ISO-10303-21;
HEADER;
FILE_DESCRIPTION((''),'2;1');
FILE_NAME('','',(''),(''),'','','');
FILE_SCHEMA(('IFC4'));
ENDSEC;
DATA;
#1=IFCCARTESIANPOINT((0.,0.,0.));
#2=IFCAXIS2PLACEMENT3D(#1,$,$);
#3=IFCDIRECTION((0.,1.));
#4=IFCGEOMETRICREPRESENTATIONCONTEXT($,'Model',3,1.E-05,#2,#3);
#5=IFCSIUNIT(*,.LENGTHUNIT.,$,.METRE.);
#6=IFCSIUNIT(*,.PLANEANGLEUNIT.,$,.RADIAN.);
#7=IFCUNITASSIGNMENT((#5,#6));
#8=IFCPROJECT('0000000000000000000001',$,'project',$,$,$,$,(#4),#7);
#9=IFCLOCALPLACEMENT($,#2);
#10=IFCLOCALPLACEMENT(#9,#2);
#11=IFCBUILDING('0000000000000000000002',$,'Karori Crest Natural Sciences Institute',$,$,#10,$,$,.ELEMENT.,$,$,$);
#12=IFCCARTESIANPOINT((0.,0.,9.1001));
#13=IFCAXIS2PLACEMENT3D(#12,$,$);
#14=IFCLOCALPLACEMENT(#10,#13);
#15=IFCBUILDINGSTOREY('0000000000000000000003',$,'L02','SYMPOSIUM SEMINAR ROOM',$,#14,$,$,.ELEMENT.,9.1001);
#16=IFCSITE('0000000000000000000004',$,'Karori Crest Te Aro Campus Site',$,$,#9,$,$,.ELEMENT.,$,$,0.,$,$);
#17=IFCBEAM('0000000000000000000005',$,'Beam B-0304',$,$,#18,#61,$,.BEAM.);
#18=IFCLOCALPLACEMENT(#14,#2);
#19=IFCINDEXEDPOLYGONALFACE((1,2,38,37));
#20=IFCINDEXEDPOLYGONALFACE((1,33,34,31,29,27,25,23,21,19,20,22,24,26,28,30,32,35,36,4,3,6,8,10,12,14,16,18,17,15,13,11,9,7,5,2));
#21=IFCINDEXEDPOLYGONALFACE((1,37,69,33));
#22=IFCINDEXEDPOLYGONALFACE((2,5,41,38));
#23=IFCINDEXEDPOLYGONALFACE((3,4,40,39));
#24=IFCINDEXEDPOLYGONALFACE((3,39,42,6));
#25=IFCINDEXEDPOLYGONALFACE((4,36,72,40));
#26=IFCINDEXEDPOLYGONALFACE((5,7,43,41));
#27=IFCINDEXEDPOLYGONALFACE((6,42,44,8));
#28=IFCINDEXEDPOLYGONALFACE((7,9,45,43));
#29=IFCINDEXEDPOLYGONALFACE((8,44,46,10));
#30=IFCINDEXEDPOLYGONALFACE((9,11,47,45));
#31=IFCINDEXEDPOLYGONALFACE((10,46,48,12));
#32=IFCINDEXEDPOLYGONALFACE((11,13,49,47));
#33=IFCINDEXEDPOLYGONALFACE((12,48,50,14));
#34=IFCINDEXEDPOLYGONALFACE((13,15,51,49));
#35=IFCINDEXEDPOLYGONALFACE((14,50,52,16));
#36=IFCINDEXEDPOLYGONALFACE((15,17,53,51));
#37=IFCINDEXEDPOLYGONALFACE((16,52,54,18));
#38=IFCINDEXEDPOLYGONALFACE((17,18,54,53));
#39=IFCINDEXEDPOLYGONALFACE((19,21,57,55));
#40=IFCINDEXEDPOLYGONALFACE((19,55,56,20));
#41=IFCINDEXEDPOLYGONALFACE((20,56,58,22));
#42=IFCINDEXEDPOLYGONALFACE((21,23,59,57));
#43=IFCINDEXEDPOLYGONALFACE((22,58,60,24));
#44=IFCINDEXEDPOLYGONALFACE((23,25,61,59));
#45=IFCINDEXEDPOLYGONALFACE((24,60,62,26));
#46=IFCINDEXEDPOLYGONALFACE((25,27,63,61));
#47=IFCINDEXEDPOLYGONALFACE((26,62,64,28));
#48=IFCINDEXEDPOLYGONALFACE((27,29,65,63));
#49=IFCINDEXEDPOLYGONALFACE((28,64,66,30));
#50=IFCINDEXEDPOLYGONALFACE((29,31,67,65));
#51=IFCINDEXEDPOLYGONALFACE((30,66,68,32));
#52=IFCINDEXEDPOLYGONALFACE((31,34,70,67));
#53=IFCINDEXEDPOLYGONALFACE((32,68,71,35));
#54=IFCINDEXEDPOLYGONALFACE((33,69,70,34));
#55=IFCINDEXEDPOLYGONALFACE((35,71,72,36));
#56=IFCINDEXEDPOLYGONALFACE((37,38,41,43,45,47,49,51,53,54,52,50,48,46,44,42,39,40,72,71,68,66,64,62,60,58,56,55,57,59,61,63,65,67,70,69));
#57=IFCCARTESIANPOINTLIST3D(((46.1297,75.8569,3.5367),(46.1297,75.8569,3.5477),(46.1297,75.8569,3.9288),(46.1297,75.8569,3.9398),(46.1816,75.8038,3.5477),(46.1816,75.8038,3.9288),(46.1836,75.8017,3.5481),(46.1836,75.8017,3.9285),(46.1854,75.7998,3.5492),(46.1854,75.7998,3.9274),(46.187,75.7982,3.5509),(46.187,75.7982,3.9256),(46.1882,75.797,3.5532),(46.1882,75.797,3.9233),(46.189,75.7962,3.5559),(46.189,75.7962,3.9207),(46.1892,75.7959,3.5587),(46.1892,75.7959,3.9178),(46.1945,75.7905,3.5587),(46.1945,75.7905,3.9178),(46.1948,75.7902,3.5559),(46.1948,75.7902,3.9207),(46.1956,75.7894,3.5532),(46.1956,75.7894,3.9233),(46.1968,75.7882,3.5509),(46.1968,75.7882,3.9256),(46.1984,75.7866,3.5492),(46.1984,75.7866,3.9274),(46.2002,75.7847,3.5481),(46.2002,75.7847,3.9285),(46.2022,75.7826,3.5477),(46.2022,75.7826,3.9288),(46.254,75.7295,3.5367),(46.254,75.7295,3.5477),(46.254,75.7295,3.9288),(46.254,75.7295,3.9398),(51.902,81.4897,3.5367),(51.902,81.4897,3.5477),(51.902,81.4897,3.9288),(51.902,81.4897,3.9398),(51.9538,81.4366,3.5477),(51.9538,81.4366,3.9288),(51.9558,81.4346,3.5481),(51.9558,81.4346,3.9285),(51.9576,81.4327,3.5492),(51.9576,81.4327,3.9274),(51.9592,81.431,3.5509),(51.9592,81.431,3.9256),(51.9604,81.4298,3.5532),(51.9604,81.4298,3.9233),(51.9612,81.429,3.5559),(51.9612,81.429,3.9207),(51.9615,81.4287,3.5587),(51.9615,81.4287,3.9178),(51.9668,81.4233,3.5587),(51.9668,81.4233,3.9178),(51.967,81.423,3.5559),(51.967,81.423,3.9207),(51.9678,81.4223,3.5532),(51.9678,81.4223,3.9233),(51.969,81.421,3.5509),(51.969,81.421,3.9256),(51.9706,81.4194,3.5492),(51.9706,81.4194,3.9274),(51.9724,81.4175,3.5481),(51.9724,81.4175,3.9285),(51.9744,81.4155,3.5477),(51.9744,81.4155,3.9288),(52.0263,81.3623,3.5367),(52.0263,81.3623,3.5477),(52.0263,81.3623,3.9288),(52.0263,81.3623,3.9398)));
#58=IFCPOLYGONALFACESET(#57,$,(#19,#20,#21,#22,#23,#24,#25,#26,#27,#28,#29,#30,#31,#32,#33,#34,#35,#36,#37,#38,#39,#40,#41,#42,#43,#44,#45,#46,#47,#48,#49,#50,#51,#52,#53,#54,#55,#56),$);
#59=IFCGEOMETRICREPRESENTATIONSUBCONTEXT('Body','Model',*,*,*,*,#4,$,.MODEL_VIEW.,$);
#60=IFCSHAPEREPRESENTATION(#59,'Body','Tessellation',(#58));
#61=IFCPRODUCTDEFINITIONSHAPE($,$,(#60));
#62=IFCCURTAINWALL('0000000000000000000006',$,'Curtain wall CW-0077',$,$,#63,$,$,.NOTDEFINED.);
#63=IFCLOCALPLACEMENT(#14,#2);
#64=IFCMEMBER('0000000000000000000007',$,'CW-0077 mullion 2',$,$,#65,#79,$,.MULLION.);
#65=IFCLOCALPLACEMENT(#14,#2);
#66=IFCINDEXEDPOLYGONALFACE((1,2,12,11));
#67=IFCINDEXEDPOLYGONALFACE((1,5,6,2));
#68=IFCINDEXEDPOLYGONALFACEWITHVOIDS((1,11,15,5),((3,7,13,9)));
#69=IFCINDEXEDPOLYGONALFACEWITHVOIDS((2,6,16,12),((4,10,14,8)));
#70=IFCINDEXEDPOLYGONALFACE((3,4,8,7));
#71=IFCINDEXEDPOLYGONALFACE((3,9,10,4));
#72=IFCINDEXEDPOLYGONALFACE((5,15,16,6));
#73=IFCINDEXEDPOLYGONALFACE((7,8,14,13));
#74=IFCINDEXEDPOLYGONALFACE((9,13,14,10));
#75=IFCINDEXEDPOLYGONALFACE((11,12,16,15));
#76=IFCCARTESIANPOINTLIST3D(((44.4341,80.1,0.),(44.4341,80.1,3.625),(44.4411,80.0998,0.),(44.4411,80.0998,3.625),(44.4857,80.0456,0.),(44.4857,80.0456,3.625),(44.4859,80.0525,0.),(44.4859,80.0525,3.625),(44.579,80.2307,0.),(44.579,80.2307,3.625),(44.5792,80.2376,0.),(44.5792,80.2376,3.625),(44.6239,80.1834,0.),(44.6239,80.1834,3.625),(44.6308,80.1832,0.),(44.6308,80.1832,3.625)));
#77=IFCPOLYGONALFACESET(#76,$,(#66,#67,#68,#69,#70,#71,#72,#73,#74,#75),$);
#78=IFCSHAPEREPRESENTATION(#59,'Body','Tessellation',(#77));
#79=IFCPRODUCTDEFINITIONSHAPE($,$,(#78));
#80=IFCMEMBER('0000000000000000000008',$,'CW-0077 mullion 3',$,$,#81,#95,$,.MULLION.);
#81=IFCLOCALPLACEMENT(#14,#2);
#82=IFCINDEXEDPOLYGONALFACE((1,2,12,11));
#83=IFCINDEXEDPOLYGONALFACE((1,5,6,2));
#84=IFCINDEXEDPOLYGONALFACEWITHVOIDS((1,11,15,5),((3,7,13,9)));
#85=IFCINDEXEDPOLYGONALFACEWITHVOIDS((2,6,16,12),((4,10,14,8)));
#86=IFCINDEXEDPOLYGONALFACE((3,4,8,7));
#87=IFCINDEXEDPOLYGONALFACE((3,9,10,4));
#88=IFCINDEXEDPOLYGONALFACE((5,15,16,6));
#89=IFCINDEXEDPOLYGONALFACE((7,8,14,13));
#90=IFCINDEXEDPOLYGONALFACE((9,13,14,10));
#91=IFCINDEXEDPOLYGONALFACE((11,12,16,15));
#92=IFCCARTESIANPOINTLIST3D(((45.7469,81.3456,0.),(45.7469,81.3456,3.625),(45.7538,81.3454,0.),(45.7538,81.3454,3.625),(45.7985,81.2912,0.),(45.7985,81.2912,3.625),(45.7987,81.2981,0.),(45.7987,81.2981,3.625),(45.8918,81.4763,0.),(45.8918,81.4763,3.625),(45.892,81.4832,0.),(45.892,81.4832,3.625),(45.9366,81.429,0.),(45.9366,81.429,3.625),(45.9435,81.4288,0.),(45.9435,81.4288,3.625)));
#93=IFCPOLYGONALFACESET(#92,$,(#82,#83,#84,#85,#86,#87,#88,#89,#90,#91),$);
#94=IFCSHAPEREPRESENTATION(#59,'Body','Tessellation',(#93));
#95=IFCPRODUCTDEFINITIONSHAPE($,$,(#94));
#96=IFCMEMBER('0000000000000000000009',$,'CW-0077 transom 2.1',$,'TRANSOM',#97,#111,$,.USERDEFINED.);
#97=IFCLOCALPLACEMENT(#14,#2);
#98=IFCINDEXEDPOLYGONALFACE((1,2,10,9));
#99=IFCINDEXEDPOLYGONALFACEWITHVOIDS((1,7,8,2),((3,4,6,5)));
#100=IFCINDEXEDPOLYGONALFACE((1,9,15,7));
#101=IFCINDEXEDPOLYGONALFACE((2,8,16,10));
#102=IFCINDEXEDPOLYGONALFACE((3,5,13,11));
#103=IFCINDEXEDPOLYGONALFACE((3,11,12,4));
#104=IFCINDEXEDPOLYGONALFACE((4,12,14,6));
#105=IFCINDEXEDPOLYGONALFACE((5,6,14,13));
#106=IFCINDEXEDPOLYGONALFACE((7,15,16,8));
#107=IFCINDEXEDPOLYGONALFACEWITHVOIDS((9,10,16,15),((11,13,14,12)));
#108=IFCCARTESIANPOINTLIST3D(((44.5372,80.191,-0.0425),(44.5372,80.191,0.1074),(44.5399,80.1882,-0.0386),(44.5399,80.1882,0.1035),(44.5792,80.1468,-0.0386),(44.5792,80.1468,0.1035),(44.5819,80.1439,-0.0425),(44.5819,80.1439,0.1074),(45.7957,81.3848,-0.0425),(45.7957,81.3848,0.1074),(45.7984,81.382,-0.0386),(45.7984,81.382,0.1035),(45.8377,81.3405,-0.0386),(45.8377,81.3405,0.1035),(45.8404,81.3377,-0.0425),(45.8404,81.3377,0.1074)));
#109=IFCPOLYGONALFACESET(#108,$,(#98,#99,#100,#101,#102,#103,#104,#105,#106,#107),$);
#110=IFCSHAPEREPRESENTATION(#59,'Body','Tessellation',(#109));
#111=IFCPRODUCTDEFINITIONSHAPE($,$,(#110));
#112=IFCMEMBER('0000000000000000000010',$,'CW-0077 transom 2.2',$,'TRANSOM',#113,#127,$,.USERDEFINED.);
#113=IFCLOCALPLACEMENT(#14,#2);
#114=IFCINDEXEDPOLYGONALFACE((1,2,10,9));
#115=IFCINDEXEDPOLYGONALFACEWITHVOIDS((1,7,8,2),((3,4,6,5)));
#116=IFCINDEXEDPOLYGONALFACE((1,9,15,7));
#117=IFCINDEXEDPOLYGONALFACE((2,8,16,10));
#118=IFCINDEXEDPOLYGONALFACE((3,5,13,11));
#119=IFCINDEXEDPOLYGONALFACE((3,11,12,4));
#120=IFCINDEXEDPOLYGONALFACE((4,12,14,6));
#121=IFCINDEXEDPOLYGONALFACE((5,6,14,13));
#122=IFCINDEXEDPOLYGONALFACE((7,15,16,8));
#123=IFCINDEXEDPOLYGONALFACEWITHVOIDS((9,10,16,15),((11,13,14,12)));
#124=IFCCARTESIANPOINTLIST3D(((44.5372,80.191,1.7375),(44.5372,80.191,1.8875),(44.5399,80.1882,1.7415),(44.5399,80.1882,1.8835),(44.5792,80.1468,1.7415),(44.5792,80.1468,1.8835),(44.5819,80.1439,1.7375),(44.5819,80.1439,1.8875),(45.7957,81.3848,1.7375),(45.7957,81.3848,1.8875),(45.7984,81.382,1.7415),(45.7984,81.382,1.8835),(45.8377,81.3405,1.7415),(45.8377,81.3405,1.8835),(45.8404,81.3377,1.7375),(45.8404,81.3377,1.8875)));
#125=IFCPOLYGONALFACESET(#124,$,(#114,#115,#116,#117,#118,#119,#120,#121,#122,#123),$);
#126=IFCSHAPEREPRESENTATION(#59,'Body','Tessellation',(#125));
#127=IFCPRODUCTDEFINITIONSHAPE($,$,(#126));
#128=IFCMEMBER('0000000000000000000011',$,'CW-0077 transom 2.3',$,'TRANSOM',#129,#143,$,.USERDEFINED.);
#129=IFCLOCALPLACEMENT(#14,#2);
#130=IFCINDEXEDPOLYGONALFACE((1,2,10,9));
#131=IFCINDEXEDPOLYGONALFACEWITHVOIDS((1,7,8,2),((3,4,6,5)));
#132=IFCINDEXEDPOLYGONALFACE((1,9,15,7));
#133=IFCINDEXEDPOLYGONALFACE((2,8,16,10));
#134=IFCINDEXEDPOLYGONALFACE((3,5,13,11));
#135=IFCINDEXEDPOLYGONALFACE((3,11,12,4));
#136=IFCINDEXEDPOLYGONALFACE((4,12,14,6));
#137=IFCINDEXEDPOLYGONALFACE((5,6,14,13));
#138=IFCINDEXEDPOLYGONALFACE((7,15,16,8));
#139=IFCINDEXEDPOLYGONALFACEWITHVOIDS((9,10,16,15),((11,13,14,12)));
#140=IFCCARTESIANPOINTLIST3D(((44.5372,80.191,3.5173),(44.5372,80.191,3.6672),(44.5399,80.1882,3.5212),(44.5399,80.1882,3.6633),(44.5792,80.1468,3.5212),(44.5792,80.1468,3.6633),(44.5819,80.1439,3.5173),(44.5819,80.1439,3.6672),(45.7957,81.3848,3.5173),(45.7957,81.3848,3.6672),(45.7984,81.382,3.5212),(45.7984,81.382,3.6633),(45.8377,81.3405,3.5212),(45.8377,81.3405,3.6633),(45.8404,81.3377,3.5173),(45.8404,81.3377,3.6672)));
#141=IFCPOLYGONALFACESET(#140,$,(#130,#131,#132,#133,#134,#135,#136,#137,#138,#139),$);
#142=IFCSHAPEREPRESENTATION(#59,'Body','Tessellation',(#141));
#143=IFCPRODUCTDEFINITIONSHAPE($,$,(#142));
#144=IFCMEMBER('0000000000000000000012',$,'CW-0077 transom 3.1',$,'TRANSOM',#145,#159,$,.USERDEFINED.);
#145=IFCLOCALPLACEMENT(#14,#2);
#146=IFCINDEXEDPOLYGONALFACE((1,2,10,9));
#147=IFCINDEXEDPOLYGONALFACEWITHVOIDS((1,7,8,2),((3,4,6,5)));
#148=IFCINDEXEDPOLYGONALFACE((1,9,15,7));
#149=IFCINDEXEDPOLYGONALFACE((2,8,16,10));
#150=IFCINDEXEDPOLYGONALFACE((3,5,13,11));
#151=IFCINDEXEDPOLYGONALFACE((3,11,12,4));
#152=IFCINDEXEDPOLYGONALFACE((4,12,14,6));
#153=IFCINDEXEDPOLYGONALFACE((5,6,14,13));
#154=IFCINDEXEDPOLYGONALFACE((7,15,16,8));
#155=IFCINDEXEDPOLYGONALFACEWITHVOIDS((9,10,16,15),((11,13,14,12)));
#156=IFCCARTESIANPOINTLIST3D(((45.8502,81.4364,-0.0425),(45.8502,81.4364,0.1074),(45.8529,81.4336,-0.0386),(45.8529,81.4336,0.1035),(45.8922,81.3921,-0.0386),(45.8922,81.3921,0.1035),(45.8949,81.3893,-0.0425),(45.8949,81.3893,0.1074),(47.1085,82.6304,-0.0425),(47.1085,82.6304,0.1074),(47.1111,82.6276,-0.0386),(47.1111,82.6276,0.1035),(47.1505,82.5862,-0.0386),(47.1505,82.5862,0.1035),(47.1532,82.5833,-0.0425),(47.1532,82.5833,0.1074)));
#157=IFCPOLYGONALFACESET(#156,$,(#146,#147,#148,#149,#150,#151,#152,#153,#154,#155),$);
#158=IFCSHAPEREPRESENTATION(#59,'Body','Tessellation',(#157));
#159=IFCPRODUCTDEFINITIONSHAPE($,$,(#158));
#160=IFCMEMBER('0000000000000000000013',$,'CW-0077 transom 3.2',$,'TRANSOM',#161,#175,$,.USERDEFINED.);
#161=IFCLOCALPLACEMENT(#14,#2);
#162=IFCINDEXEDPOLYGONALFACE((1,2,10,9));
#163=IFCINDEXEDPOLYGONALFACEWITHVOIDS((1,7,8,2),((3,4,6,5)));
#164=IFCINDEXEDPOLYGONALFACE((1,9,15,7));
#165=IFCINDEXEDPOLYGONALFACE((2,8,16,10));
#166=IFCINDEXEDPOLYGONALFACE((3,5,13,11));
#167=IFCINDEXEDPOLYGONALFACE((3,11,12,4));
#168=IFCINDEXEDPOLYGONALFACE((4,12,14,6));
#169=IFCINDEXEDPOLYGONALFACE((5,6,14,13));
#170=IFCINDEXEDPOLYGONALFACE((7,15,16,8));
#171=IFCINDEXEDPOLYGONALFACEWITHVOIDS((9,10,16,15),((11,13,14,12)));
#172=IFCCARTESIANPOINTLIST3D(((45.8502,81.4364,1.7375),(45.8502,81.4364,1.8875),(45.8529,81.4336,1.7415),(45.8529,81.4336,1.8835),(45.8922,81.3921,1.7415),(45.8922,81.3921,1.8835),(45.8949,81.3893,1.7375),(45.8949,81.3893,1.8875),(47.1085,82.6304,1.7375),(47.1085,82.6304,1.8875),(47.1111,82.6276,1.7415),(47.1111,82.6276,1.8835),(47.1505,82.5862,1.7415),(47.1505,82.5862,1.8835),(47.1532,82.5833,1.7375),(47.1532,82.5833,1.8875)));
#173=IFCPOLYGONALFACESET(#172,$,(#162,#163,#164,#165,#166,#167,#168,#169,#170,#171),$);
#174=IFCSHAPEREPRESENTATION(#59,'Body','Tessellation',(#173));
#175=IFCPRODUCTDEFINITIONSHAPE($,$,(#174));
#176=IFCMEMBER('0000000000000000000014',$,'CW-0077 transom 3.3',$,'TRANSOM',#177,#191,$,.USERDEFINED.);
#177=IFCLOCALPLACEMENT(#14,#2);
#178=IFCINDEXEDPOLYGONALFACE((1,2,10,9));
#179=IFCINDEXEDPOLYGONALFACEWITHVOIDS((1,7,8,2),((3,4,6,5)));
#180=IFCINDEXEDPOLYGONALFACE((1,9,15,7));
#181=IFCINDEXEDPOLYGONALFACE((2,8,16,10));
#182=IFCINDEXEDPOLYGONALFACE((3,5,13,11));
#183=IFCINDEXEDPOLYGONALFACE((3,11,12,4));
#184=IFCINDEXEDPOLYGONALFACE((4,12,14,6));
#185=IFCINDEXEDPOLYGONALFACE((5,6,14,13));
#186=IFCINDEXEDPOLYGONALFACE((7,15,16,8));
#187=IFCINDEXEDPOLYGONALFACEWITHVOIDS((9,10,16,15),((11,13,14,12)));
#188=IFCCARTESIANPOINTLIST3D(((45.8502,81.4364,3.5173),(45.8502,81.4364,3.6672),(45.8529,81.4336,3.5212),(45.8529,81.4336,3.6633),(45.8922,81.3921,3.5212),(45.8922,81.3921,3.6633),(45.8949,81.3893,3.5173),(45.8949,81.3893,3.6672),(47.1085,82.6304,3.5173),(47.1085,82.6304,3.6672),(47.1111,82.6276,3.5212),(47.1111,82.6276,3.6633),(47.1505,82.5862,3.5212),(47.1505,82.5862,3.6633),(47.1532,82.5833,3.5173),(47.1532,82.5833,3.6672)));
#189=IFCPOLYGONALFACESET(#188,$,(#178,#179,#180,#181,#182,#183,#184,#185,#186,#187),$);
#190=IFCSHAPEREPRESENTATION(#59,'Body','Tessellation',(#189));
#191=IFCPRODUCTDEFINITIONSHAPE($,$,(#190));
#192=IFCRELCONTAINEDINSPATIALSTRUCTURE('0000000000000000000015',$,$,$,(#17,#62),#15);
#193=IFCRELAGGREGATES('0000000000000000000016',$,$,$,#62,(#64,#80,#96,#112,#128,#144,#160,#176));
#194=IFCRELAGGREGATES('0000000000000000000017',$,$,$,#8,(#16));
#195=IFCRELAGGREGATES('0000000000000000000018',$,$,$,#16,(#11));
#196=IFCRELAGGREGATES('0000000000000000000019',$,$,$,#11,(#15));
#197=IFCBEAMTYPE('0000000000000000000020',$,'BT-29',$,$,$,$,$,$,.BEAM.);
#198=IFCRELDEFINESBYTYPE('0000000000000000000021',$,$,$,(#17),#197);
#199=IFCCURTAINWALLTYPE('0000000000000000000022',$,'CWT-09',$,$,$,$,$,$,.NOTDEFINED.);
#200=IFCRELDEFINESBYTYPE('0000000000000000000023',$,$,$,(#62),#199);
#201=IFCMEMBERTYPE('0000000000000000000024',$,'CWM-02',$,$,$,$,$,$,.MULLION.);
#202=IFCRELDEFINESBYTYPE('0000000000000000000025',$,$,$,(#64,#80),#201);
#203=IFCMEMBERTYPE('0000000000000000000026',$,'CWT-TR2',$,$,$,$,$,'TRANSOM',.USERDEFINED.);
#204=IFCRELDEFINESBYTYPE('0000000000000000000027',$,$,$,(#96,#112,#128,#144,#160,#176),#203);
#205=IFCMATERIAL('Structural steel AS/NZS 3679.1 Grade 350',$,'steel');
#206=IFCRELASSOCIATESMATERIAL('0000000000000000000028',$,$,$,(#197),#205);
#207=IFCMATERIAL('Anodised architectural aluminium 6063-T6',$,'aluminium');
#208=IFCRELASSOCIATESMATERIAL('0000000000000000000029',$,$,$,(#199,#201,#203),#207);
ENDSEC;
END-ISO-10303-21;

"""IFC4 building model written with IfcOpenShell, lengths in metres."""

from ifc_helpers import new_model, si_unit, direction, frame, origin, origin_2d, place, context, subcontext, project, spatial, hollow_rectangle, i_section, extrude, material, material_profile, profile_set, type_object, element, aggregate, save


model = new_model("IFC4")

# Units and contexts
model_context = context("Model", 3, precision=1e-05, world=origin(), true_north=direction((0.0, 1.0)))
body_context = subcontext(model_context, "Body", "Model", "MODEL_VIEW")
ifc_project = project(units=[si_unit("LENGTHUNIT", "METRE"), si_unit("PLANEANGLEUNIT", "RADIAN")], contexts=[model_context])

# Site, building, storey
site_placement = place(None, origin())
site = spatial("IfcSite", under=ifc_project, at=site_placement, Name="Karori Crest Te Aro Campus Site", CompositionType="ELEMENT", RefElevation=0.0)
building_placement = place(site_placement, origin())
building = spatial("IfcBuilding", under=site, at=building_placement, Name="Karori Crest Natural Sciences Institute", CompositionType="ELEMENT")
storey_placement = place(building_placement, frame((0.0, 0.0, 9.1001)))
storey = spatial("IfcBuildingStorey", under=building, at=storey_placement, Name="L02", Description="SYMPOSIUM SEMINAR ROOM", CompositionType="ELEMENT", Elevation=9.1001)

# Beam
ifc_material_1 = material(Name="Structural steel AS/NZS 3679.1 Grade 350", Category="steel")
ifc_material_profile_1 = material_profile(ifc_material_1, i_section(OverallWidth=0.178, OverallDepth=0.4031, WebThickness=0.0076, FlangeThickness=0.011, FilletRadius=0.011, at=origin_2d()), Name="410UB53.7")
ifc_profile_set_1 = profile_set([ifc_material_profile_1], Name="Structural steel AS/NZS 3679.1 Grade 350")
beam_type = type_object("IfcBeamType", Name="BT-29", PredefinedType="BEAM", material=ifc_profile_set_1)
beam_placement = place(storey_placement, frame((51.9641, 81.426, 3.7383), z_axis=(-0.715696, -0.698412, 0.0), x_axis=(0.698412, -0.715696, 0.0)))
element("IfcBeam", 1, at=beam_placement, inside=storey, type_object=beam_type, Name="Beam B-0304", PredefinedType="BEAM", context=body_context, shape_type="SweptSolid", body=[
    extrude(i_section(OverallWidth=0.178, OverallDepth=0.4031, WebThickness=0.0076, FlangeThickness=0.011, FilletRadius=0.011, at=origin_2d()), origin(), (0.0, 0.0, 1.0), 8.0652),
])

# Curtain wall, members
ifc_material_2 = material(Name="Anodised architectural aluminium 6063-T6", Category="aluminium")
curtain_wall_type_1 = type_object("IfcCurtainWallType", Name="CWT-09", PredefinedType="NOTDEFINED", material=ifc_material_2)
curtain_wall_1_placement = place(storey_placement, origin())
curtain_wall_1 = element("IfcCurtainWall", 2, at=curtain_wall_1_placement, inside=storey, type_object=curtain_wall_type_1, Name="Curtain wall CW-0077", PredefinedType="NOTDEFINED")
ifc_material_profile_2 = material_profile(ifc_material_2, hollow_rectangle(XDim=0.075, YDim=0.2, WallThickness=0.0049, at=origin_2d()), Name="CWM200x75x5")
ifc_profile_set_2 = profile_set([ifc_material_profile_2], Name="Anodised architectural aluminium 6063-T6")
member_type_1 = type_object("IfcMemberType", Name="CWM-02", PredefinedType="MULLION", material=ifc_profile_set_2)
member_1_placement = place(storey_placement, frame((44.5325, 80.1416, 0.0), z_axis=(0.0, 0.0, 1.0), x_axis=(-0.688251, 0.725473, 0.0)))
member_1 = element("IfcMember", 3, at=member_1_placement, type_object=member_type_1, Name="CW-0077 mullion 2", PredefinedType="MULLION", context=body_context, shape_type="SweptSolid", body=[
    extrude(hollow_rectangle(XDim=0.075, YDim=0.2, WallThickness=0.0049, at=origin_2d()), origin(), (0.0, 0.0, 1.0), 3.625),
])
member_2_placement = place(storey_placement, frame((45.8452, 81.3872, 0.0), z_axis=(0.0, 0.0, 1.0), x_axis=(-0.688251, 0.725473, 0.0)))
member_2 = element("IfcMember", 4, at=member_2_placement, type_object=member_type_1, Name="CW-0077 mullion 3", PredefinedType="MULLION", context=body_context, shape_type="SweptSolid", body=[
    extrude(hollow_rectangle(XDim=0.075, YDim=0.2, WallThickness=0.0049, at=origin_2d()), origin(), (0.0, 0.0, 1.0), 3.625),
])
ifc_material_profile_3 = material_profile(ifc_material_2, hollow_rectangle(XDim=0.0649, YDim=0.1499, WallThickness=0.0039, at=origin_2d()), Name="CWT150x65x4")
ifc_profile_set_3 = profile_set([ifc_material_profile_3], Name="Anodised architectural aluminium 6063-T6")
member_type_2 = type_object("IfcMemberType", Name="CWT-TR2", ElementType="TRANSOM", PredefinedType="USERDEFINED", material=ifc_profile_set_3)
member_3_placement = place(storey_placement, frame((44.5596, 80.1675, 0.0325), z_axis=(0.725509, 0.688213, 0.0), x_axis=(-0.688213, 0.725509, 0.0)))
member_3 = element("IfcMember", 5, at=member_3_placement, type_object=member_type_2, Name="CW-0077 transom 2.1", ObjectType="TRANSOM", PredefinedType="USERDEFINED", context=body_context, shape_type="SweptSolid", body=[
    extrude(hollow_rectangle(XDim=0.0649, YDim=0.1499, WallThickness=0.0039, at=origin_2d()), origin(), (0.0, 0.0, 1.0), 1.7346),
])
member_4_placement = place(storey_placement, frame((44.5596, 80.1675, 1.8125), z_axis=(0.725509, 0.688213, 0.0), x_axis=(-0.688213, 0.725509, 0.0)))
member_4 = element("IfcMember", 6, at=member_4_placement, type_object=member_type_2, Name="CW-0077 transom 2.2", ObjectType="TRANSOM", PredefinedType="USERDEFINED", context=body_context, shape_type="SweptSolid", body=[
    extrude(hollow_rectangle(XDim=0.0649, YDim=0.1499, WallThickness=0.0039, at=origin_2d()), origin(), (0.0, 0.0, 1.0), 1.7346),
])
member_5_placement = place(storey_placement, frame((44.5596, 80.1675, 3.5923), z_axis=(0.725509, 0.688213, 0.0), x_axis=(-0.688213, 0.725509, 0.0)))
member_5 = element("IfcMember", 7, at=member_5_placement, type_object=member_type_2, Name="CW-0077 transom 2.3", ObjectType="TRANSOM", PredefinedType="USERDEFINED", context=body_context, shape_type="SweptSolid", body=[
    extrude(hollow_rectangle(XDim=0.0649, YDim=0.1499, WallThickness=0.0039, at=origin_2d()), origin(), (0.0, 0.0, 1.0), 1.7346),
])
member_6_placement = place(storey_placement, frame((45.8726, 81.4128, 0.0325), z_axis=(0.725372, 0.688357, 0.0), x_axis=(-0.688357, 0.725372, 0.0)))
member_6 = element("IfcMember", 8, at=member_6_placement, type_object=member_type_2, Name="CW-0077 transom 3.1", ObjectType="TRANSOM", PredefinedType="USERDEFINED", context=body_context, shape_type="SweptSolid", body=[
    extrude(hollow_rectangle(XDim=0.0649, YDim=0.1499, WallThickness=0.0039, at=origin_2d()), origin(), (0.0, 0.0, 1.0), 1.7346),
])
member_7_placement = place(storey_placement, frame((45.8726, 81.4128, 1.8125), z_axis=(0.725372, 0.688357, 0.0), x_axis=(-0.688357, 0.725372, 0.0)))
member_7 = element("IfcMember", 9, at=member_7_placement, type_object=member_type_2, Name="CW-0077 transom 3.2", ObjectType="TRANSOM", PredefinedType="USERDEFINED", context=body_context, shape_type="SweptSolid", body=[
    extrude(hollow_rectangle(XDim=0.0649, YDim=0.1499, WallThickness=0.0039, at=origin_2d()), origin(), (0.0, 0.0, 1.0), 1.7346),
])
member_8_placement = place(storey_placement, frame((45.8726, 81.4128, 3.5923), z_axis=(0.725372, 0.688357, 0.0), x_axis=(-0.688357, 0.725372, 0.0)))
member_8 = element("IfcMember", 10, at=member_8_placement, type_object=member_type_2, Name="CW-0077 transom 3.3", ObjectType="TRANSOM", PredefinedType="USERDEFINED", context=body_context, shape_type="SweptSolid", body=[
    extrude(hollow_rectangle(XDim=0.0649, YDim=0.1499, WallThickness=0.0039, at=origin_2d()), origin(), (0.0, 0.0, 1.0), 1.7346),
])

aggregate(curtain_wall_1, [member_1, member_2, member_3, member_4, member_5, member_6, member_7, member_8])

save(model, "model.ifc")
